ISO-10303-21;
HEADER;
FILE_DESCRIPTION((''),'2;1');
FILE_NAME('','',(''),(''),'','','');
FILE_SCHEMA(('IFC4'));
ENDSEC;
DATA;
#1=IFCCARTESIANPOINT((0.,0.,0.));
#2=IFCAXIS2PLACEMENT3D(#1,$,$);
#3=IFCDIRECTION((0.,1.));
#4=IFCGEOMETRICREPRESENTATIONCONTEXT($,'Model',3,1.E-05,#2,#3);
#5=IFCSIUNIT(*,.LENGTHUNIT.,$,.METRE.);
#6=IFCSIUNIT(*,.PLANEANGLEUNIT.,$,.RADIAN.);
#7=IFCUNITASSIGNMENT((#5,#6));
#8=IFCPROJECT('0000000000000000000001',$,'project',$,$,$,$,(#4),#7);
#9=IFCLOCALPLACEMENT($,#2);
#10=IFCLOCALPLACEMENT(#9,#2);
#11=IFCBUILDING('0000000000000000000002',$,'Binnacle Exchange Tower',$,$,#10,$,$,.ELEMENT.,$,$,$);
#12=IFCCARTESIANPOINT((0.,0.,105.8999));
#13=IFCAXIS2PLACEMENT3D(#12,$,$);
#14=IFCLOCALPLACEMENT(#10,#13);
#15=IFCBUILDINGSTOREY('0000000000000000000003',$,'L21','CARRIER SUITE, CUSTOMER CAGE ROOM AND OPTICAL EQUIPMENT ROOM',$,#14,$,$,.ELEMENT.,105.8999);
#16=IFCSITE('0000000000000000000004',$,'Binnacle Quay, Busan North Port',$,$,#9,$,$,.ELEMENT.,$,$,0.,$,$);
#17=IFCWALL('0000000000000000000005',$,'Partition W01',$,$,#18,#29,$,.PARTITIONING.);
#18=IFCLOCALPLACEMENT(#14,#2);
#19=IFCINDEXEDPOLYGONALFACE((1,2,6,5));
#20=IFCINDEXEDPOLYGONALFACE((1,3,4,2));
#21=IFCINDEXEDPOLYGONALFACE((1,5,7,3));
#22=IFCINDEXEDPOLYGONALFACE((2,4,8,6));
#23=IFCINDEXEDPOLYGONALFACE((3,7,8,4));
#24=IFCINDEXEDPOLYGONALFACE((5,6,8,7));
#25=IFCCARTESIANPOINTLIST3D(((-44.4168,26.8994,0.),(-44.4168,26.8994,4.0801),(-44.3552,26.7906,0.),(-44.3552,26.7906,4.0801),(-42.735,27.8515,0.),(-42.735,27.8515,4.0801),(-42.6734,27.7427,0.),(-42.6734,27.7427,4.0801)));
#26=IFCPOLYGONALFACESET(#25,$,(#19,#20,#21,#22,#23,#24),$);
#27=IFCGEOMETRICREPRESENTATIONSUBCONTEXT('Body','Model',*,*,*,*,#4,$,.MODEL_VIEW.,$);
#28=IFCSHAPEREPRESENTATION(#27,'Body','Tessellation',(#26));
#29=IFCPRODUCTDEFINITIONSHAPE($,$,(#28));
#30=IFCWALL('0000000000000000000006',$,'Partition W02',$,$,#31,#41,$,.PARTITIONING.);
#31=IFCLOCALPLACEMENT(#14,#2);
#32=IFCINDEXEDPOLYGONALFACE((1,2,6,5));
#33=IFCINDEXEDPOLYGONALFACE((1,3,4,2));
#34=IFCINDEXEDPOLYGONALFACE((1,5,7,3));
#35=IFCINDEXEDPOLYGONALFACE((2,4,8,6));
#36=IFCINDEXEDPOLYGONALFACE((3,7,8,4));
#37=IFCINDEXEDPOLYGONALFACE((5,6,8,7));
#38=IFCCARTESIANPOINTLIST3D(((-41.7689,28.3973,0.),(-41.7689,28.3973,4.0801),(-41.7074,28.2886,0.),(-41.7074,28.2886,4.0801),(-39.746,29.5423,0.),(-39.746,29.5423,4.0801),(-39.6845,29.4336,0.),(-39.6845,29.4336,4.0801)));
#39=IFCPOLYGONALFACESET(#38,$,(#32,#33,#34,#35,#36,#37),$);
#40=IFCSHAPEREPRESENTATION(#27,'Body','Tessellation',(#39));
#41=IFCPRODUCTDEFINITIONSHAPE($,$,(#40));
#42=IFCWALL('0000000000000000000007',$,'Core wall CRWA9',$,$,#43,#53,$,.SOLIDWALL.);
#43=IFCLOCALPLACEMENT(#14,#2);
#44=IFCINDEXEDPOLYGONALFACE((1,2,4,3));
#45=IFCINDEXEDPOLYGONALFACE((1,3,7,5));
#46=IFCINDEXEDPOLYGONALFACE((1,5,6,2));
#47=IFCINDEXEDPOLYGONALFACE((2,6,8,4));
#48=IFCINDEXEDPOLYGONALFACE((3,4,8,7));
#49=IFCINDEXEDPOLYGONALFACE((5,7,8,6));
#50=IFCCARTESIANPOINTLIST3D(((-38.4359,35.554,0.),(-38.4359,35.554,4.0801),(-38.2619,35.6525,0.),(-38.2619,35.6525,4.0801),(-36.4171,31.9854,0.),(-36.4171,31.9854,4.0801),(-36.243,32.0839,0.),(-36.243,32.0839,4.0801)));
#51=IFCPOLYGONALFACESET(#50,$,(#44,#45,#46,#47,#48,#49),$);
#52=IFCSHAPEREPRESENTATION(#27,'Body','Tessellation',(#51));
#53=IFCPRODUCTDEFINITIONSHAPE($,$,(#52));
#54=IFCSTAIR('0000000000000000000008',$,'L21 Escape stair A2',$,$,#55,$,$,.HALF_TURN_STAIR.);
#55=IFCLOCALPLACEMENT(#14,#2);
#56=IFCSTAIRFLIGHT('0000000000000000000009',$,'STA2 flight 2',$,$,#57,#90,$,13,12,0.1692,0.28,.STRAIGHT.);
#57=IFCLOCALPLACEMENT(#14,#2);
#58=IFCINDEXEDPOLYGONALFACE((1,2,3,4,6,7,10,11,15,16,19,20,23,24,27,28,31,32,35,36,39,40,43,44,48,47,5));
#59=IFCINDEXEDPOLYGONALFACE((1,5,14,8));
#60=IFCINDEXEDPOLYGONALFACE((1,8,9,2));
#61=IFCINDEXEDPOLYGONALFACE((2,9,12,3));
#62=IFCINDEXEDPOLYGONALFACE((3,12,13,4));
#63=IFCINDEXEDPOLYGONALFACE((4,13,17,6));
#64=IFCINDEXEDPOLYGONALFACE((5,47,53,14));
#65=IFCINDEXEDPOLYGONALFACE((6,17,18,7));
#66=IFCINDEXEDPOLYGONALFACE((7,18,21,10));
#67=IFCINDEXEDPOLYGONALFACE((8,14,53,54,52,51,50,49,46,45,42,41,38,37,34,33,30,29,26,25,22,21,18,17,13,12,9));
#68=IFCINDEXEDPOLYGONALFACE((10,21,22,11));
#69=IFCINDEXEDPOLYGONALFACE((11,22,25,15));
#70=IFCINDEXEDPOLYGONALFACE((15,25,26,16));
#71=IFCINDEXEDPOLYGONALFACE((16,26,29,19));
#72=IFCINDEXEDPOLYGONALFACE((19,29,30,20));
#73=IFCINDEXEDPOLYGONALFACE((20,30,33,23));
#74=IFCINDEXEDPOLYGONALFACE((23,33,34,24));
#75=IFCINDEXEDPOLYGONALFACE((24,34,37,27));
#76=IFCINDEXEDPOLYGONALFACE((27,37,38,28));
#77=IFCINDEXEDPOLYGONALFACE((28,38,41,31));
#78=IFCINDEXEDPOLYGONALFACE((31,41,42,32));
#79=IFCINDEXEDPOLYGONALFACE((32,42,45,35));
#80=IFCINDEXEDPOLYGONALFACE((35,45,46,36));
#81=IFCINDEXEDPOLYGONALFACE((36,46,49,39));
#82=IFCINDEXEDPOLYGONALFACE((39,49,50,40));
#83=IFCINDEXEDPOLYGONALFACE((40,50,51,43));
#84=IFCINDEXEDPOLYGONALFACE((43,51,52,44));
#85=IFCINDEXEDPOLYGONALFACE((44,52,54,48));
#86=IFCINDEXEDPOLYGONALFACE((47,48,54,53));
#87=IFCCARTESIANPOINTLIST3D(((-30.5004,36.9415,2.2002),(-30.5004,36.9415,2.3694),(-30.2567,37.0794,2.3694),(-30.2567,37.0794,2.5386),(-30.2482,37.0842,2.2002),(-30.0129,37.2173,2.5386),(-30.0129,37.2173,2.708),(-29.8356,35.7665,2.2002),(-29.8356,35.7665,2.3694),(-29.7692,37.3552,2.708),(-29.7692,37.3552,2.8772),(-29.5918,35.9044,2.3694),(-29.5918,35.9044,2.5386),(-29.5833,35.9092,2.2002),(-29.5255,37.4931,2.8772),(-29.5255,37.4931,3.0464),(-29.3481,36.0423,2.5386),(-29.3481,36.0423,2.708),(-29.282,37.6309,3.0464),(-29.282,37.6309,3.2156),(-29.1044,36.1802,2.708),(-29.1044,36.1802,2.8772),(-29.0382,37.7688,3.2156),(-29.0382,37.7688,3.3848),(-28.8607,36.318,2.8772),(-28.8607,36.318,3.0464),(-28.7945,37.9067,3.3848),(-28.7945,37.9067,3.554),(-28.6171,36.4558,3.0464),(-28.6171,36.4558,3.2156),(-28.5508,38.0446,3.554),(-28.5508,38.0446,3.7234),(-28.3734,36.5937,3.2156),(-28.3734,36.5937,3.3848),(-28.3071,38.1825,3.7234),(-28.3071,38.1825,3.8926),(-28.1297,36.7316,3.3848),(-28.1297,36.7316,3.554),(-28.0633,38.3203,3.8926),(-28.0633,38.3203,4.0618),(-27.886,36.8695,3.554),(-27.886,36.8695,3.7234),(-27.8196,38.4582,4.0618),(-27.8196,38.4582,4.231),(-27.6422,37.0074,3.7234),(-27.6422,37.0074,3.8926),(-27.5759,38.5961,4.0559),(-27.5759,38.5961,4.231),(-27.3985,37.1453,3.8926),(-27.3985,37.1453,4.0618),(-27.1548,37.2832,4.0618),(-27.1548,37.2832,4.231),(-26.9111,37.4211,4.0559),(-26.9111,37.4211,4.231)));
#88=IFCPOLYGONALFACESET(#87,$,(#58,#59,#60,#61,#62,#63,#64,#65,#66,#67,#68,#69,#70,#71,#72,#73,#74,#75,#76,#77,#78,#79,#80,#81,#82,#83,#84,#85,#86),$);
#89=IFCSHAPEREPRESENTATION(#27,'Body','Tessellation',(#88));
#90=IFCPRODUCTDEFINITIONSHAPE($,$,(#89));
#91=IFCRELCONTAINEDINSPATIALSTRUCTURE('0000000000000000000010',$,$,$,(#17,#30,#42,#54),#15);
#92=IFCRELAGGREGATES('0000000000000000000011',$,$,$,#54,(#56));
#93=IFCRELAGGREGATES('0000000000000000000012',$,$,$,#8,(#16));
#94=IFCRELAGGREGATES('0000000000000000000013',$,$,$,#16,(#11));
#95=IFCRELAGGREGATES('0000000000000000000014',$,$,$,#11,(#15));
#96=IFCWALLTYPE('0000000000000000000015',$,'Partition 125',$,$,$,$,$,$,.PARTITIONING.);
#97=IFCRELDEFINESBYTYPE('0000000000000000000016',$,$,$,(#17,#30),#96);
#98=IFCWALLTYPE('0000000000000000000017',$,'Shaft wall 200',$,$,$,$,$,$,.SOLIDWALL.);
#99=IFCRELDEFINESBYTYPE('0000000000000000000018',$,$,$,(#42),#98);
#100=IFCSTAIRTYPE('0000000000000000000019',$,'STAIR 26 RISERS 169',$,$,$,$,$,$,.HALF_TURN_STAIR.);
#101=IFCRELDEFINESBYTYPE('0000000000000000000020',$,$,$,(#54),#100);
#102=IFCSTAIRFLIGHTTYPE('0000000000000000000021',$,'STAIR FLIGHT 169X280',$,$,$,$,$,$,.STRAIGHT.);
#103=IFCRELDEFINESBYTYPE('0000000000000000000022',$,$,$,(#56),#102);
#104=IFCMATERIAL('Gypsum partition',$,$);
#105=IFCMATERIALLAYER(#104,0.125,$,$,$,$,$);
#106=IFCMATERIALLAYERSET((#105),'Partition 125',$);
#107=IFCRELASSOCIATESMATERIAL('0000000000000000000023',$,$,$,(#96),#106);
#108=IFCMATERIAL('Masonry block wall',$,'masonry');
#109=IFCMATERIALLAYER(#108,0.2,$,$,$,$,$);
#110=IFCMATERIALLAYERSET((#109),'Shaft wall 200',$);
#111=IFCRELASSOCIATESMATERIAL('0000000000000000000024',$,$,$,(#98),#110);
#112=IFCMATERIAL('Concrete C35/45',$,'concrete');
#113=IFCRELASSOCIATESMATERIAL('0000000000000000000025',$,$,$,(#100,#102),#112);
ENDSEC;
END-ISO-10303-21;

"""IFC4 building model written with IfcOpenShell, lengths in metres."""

from ifc_helpers import new_model, si_unit, direction, frame, frame_2d, origin, place, context, subcontext, project, spatial, polyline, rectangle, outline, extrude, material, layer, layer_set, type_object, element, aggregate, save


model = new_model("IFC4")

# Units and contexts
model_context = context("Model", 3, precision=1e-05, world=origin(), true_north=direction((0.0, 1.0)))
body_context = subcontext(model_context, "Body", "Model", "MODEL_VIEW")
ifc_project = project(units=[si_unit("LENGTHUNIT", "METRE"), si_unit("PLANEANGLEUNIT", "RADIAN")], contexts=[model_context])

# Site, building, storey
site_placement = place(None, origin())
site = spatial("IfcSite", under=ifc_project, at=site_placement, Name="Binnacle Quay, Busan North Port", CompositionType="ELEMENT", RefElevation=0.0)
building_placement = place(site_placement, origin())
building = spatial("IfcBuilding", under=site, at=building_placement, Name="Binnacle Exchange Tower", CompositionType="ELEMENT")
storey_placement = place(building_placement, frame((0.0, 0.0, 105.8999)))
storey = spatial("IfcBuildingStorey", under=building, at=storey_placement, Name="L21", Description="CARRIER SUITE, CUSTOMER CAGE ROOM AND OPTICAL EQUIPMENT ROOM", CompositionType="ELEMENT", Elevation=105.8999)

# Walls
ifc_material_1 = material(Name="Gypsum partition")
ifc_layer_1 = layer(ifc_material_1, 0.125)
ifc_layer_set_1 = layer_set([ifc_layer_1], Name="Partition 125")
wall_type_1 = type_object("IfcWallType", Name="Partition 125", PredefinedType="PARTITIONING", material=ifc_layer_set_1)
wall_1_placement = place(storey_placement, frame((-44.386, 26.845, 0.0), z_axis=(0.0, 0.0, 1.0), x_axis=(0.870226, 0.492652, 0.0)))
element("IfcWall", 1, at=wall_1_placement, inside=storey, type_object=wall_type_1, Name="Partition W01", PredefinedType="PARTITIONING", context=body_context, shape_type="SweptSolid", body=[
    extrude(rectangle(XDim=1.9326, YDim=0.125, at=frame_2d((0.9663, 0.0))), origin(), (0.0, 0.0, 1.0), 4.0801),
])
wall_2_placement = place(storey_placement, frame((-41.738, 28.343, 0.0), z_axis=(0.0, 0.0, 1.0), x_axis=(0.870265, 0.492583, 0.0)))
element("IfcWall", 2, at=wall_2_placement, inside=storey, type_object=wall_type_1, Name="Partition W02", PredefinedType="PARTITIONING", context=body_context, shape_type="SweptSolid", body=[
    extrude(rectangle(XDim=2.3245, YDim=0.125, at=frame_2d((1.1621, 0.0))), origin(), (0.0, 0.0, 1.0), 4.0801),
])
ifc_material_2 = material(Name="Masonry block wall", Category="masonry")
ifc_layer_2 = layer(ifc_material_2, 0.2)
ifc_layer_set_2 = layer_set([ifc_layer_2], Name="Shaft wall 200")
wall_type_2 = type_object("IfcWallType", Name="Shaft wall 200", PredefinedType="SOLIDWALL", material=ifc_layer_set_2)
wall_3_placement = place(storey_placement, frame((-38.3489, 35.6033, 0.0), z_axis=(0.0, 0.0, 1.0), x_axis=(0.492383, -0.870379, 0.0)))
element("IfcWall", 3, at=wall_3_placement, inside=storey, type_object=wall_type_2, Name="Core wall CRWA9", PredefinedType="SOLIDWALL", context=body_context, shape_type="SweptSolid", body=[
    extrude(rectangle(XDim=4.1001, YDim=0.2, at=frame_2d((2.05, 0.0))), origin(), (0.0, 0.0, 1.0), 4.0801),
])

# Stair, stair flight
ifc_material_3 = material(Name="Concrete C35/45", Category="concrete")
stair_type = type_object("IfcStairType", Name="STAIR 26 RISERS 169", PredefinedType="HALF_TURN_STAIR", material=ifc_material_3)
stair_placement = place(storey_placement, origin())
stair = element("IfcStair", 4, at=stair_placement, inside=storey, type_object=stair_type, Name="L21 Escape stair A2", PredefinedType="HALF_TURN_STAIR")
stair_flight_type = type_object("IfcStairFlightType", Name="STAIR FLIGHT 169X280", PredefinedType="STRAIGHT", material=ifc_material_3)
stair_flight_placement = place(storey_placement, frame((-30.168, 36.354, 2.2002), z_axis=(0.0, 0.0, 1.0), x_axis=(0.870356, 0.492424, 0.0)))
stair_flight = element("IfcStairFlight", 5, at=stair_flight_placement, type_object=stair_flight_type, Name="STA2 flight 2", NumberOfRisers=13, NumberOfTreads=12, PredefinedType="STRAIGHT", RiserHeight=0.1692, TreadLength=0.28, context=body_context, shape_type="SweptSolid", body=[
    extrude(outline(polyline([(0.0, 0.0), (0.0, 0.1692), (0.28, 0.1692), (0.28, 0.3384), (0.5601, 0.3384), (0.5601, 0.5078), (0.8401, 0.5078), (0.8401, 0.677), (1.1201, 0.677), (1.1201, 0.8462), (1.3999, 0.8462), (1.3999, 1.0154), (1.6799, 1.0154), (1.6799, 1.1846), (1.96, 1.1846), (1.96, 1.3538), (2.24, 1.3538), (2.24, 1.5232), (2.52, 1.5232), (2.52, 1.6924), (2.8, 1.6924), (2.8, 1.8616), (3.0801, 1.8616), (3.0801, 2.0308), (3.3601, 2.0308), (3.3601, 2.2), (3.3601, 1.8557), (0.2898, 0.0), (0.0, 0.0)])), frame((0.0, 0.675, 0.0), z_axis=(0.0, -1.0, 0.0), x_axis=(1.0, 0.0, 0.0)), (0.0, 0.0, 1.0), 1.3501),
])
aggregate(stair, [stair_flight])

save(model, "model.ifc")
